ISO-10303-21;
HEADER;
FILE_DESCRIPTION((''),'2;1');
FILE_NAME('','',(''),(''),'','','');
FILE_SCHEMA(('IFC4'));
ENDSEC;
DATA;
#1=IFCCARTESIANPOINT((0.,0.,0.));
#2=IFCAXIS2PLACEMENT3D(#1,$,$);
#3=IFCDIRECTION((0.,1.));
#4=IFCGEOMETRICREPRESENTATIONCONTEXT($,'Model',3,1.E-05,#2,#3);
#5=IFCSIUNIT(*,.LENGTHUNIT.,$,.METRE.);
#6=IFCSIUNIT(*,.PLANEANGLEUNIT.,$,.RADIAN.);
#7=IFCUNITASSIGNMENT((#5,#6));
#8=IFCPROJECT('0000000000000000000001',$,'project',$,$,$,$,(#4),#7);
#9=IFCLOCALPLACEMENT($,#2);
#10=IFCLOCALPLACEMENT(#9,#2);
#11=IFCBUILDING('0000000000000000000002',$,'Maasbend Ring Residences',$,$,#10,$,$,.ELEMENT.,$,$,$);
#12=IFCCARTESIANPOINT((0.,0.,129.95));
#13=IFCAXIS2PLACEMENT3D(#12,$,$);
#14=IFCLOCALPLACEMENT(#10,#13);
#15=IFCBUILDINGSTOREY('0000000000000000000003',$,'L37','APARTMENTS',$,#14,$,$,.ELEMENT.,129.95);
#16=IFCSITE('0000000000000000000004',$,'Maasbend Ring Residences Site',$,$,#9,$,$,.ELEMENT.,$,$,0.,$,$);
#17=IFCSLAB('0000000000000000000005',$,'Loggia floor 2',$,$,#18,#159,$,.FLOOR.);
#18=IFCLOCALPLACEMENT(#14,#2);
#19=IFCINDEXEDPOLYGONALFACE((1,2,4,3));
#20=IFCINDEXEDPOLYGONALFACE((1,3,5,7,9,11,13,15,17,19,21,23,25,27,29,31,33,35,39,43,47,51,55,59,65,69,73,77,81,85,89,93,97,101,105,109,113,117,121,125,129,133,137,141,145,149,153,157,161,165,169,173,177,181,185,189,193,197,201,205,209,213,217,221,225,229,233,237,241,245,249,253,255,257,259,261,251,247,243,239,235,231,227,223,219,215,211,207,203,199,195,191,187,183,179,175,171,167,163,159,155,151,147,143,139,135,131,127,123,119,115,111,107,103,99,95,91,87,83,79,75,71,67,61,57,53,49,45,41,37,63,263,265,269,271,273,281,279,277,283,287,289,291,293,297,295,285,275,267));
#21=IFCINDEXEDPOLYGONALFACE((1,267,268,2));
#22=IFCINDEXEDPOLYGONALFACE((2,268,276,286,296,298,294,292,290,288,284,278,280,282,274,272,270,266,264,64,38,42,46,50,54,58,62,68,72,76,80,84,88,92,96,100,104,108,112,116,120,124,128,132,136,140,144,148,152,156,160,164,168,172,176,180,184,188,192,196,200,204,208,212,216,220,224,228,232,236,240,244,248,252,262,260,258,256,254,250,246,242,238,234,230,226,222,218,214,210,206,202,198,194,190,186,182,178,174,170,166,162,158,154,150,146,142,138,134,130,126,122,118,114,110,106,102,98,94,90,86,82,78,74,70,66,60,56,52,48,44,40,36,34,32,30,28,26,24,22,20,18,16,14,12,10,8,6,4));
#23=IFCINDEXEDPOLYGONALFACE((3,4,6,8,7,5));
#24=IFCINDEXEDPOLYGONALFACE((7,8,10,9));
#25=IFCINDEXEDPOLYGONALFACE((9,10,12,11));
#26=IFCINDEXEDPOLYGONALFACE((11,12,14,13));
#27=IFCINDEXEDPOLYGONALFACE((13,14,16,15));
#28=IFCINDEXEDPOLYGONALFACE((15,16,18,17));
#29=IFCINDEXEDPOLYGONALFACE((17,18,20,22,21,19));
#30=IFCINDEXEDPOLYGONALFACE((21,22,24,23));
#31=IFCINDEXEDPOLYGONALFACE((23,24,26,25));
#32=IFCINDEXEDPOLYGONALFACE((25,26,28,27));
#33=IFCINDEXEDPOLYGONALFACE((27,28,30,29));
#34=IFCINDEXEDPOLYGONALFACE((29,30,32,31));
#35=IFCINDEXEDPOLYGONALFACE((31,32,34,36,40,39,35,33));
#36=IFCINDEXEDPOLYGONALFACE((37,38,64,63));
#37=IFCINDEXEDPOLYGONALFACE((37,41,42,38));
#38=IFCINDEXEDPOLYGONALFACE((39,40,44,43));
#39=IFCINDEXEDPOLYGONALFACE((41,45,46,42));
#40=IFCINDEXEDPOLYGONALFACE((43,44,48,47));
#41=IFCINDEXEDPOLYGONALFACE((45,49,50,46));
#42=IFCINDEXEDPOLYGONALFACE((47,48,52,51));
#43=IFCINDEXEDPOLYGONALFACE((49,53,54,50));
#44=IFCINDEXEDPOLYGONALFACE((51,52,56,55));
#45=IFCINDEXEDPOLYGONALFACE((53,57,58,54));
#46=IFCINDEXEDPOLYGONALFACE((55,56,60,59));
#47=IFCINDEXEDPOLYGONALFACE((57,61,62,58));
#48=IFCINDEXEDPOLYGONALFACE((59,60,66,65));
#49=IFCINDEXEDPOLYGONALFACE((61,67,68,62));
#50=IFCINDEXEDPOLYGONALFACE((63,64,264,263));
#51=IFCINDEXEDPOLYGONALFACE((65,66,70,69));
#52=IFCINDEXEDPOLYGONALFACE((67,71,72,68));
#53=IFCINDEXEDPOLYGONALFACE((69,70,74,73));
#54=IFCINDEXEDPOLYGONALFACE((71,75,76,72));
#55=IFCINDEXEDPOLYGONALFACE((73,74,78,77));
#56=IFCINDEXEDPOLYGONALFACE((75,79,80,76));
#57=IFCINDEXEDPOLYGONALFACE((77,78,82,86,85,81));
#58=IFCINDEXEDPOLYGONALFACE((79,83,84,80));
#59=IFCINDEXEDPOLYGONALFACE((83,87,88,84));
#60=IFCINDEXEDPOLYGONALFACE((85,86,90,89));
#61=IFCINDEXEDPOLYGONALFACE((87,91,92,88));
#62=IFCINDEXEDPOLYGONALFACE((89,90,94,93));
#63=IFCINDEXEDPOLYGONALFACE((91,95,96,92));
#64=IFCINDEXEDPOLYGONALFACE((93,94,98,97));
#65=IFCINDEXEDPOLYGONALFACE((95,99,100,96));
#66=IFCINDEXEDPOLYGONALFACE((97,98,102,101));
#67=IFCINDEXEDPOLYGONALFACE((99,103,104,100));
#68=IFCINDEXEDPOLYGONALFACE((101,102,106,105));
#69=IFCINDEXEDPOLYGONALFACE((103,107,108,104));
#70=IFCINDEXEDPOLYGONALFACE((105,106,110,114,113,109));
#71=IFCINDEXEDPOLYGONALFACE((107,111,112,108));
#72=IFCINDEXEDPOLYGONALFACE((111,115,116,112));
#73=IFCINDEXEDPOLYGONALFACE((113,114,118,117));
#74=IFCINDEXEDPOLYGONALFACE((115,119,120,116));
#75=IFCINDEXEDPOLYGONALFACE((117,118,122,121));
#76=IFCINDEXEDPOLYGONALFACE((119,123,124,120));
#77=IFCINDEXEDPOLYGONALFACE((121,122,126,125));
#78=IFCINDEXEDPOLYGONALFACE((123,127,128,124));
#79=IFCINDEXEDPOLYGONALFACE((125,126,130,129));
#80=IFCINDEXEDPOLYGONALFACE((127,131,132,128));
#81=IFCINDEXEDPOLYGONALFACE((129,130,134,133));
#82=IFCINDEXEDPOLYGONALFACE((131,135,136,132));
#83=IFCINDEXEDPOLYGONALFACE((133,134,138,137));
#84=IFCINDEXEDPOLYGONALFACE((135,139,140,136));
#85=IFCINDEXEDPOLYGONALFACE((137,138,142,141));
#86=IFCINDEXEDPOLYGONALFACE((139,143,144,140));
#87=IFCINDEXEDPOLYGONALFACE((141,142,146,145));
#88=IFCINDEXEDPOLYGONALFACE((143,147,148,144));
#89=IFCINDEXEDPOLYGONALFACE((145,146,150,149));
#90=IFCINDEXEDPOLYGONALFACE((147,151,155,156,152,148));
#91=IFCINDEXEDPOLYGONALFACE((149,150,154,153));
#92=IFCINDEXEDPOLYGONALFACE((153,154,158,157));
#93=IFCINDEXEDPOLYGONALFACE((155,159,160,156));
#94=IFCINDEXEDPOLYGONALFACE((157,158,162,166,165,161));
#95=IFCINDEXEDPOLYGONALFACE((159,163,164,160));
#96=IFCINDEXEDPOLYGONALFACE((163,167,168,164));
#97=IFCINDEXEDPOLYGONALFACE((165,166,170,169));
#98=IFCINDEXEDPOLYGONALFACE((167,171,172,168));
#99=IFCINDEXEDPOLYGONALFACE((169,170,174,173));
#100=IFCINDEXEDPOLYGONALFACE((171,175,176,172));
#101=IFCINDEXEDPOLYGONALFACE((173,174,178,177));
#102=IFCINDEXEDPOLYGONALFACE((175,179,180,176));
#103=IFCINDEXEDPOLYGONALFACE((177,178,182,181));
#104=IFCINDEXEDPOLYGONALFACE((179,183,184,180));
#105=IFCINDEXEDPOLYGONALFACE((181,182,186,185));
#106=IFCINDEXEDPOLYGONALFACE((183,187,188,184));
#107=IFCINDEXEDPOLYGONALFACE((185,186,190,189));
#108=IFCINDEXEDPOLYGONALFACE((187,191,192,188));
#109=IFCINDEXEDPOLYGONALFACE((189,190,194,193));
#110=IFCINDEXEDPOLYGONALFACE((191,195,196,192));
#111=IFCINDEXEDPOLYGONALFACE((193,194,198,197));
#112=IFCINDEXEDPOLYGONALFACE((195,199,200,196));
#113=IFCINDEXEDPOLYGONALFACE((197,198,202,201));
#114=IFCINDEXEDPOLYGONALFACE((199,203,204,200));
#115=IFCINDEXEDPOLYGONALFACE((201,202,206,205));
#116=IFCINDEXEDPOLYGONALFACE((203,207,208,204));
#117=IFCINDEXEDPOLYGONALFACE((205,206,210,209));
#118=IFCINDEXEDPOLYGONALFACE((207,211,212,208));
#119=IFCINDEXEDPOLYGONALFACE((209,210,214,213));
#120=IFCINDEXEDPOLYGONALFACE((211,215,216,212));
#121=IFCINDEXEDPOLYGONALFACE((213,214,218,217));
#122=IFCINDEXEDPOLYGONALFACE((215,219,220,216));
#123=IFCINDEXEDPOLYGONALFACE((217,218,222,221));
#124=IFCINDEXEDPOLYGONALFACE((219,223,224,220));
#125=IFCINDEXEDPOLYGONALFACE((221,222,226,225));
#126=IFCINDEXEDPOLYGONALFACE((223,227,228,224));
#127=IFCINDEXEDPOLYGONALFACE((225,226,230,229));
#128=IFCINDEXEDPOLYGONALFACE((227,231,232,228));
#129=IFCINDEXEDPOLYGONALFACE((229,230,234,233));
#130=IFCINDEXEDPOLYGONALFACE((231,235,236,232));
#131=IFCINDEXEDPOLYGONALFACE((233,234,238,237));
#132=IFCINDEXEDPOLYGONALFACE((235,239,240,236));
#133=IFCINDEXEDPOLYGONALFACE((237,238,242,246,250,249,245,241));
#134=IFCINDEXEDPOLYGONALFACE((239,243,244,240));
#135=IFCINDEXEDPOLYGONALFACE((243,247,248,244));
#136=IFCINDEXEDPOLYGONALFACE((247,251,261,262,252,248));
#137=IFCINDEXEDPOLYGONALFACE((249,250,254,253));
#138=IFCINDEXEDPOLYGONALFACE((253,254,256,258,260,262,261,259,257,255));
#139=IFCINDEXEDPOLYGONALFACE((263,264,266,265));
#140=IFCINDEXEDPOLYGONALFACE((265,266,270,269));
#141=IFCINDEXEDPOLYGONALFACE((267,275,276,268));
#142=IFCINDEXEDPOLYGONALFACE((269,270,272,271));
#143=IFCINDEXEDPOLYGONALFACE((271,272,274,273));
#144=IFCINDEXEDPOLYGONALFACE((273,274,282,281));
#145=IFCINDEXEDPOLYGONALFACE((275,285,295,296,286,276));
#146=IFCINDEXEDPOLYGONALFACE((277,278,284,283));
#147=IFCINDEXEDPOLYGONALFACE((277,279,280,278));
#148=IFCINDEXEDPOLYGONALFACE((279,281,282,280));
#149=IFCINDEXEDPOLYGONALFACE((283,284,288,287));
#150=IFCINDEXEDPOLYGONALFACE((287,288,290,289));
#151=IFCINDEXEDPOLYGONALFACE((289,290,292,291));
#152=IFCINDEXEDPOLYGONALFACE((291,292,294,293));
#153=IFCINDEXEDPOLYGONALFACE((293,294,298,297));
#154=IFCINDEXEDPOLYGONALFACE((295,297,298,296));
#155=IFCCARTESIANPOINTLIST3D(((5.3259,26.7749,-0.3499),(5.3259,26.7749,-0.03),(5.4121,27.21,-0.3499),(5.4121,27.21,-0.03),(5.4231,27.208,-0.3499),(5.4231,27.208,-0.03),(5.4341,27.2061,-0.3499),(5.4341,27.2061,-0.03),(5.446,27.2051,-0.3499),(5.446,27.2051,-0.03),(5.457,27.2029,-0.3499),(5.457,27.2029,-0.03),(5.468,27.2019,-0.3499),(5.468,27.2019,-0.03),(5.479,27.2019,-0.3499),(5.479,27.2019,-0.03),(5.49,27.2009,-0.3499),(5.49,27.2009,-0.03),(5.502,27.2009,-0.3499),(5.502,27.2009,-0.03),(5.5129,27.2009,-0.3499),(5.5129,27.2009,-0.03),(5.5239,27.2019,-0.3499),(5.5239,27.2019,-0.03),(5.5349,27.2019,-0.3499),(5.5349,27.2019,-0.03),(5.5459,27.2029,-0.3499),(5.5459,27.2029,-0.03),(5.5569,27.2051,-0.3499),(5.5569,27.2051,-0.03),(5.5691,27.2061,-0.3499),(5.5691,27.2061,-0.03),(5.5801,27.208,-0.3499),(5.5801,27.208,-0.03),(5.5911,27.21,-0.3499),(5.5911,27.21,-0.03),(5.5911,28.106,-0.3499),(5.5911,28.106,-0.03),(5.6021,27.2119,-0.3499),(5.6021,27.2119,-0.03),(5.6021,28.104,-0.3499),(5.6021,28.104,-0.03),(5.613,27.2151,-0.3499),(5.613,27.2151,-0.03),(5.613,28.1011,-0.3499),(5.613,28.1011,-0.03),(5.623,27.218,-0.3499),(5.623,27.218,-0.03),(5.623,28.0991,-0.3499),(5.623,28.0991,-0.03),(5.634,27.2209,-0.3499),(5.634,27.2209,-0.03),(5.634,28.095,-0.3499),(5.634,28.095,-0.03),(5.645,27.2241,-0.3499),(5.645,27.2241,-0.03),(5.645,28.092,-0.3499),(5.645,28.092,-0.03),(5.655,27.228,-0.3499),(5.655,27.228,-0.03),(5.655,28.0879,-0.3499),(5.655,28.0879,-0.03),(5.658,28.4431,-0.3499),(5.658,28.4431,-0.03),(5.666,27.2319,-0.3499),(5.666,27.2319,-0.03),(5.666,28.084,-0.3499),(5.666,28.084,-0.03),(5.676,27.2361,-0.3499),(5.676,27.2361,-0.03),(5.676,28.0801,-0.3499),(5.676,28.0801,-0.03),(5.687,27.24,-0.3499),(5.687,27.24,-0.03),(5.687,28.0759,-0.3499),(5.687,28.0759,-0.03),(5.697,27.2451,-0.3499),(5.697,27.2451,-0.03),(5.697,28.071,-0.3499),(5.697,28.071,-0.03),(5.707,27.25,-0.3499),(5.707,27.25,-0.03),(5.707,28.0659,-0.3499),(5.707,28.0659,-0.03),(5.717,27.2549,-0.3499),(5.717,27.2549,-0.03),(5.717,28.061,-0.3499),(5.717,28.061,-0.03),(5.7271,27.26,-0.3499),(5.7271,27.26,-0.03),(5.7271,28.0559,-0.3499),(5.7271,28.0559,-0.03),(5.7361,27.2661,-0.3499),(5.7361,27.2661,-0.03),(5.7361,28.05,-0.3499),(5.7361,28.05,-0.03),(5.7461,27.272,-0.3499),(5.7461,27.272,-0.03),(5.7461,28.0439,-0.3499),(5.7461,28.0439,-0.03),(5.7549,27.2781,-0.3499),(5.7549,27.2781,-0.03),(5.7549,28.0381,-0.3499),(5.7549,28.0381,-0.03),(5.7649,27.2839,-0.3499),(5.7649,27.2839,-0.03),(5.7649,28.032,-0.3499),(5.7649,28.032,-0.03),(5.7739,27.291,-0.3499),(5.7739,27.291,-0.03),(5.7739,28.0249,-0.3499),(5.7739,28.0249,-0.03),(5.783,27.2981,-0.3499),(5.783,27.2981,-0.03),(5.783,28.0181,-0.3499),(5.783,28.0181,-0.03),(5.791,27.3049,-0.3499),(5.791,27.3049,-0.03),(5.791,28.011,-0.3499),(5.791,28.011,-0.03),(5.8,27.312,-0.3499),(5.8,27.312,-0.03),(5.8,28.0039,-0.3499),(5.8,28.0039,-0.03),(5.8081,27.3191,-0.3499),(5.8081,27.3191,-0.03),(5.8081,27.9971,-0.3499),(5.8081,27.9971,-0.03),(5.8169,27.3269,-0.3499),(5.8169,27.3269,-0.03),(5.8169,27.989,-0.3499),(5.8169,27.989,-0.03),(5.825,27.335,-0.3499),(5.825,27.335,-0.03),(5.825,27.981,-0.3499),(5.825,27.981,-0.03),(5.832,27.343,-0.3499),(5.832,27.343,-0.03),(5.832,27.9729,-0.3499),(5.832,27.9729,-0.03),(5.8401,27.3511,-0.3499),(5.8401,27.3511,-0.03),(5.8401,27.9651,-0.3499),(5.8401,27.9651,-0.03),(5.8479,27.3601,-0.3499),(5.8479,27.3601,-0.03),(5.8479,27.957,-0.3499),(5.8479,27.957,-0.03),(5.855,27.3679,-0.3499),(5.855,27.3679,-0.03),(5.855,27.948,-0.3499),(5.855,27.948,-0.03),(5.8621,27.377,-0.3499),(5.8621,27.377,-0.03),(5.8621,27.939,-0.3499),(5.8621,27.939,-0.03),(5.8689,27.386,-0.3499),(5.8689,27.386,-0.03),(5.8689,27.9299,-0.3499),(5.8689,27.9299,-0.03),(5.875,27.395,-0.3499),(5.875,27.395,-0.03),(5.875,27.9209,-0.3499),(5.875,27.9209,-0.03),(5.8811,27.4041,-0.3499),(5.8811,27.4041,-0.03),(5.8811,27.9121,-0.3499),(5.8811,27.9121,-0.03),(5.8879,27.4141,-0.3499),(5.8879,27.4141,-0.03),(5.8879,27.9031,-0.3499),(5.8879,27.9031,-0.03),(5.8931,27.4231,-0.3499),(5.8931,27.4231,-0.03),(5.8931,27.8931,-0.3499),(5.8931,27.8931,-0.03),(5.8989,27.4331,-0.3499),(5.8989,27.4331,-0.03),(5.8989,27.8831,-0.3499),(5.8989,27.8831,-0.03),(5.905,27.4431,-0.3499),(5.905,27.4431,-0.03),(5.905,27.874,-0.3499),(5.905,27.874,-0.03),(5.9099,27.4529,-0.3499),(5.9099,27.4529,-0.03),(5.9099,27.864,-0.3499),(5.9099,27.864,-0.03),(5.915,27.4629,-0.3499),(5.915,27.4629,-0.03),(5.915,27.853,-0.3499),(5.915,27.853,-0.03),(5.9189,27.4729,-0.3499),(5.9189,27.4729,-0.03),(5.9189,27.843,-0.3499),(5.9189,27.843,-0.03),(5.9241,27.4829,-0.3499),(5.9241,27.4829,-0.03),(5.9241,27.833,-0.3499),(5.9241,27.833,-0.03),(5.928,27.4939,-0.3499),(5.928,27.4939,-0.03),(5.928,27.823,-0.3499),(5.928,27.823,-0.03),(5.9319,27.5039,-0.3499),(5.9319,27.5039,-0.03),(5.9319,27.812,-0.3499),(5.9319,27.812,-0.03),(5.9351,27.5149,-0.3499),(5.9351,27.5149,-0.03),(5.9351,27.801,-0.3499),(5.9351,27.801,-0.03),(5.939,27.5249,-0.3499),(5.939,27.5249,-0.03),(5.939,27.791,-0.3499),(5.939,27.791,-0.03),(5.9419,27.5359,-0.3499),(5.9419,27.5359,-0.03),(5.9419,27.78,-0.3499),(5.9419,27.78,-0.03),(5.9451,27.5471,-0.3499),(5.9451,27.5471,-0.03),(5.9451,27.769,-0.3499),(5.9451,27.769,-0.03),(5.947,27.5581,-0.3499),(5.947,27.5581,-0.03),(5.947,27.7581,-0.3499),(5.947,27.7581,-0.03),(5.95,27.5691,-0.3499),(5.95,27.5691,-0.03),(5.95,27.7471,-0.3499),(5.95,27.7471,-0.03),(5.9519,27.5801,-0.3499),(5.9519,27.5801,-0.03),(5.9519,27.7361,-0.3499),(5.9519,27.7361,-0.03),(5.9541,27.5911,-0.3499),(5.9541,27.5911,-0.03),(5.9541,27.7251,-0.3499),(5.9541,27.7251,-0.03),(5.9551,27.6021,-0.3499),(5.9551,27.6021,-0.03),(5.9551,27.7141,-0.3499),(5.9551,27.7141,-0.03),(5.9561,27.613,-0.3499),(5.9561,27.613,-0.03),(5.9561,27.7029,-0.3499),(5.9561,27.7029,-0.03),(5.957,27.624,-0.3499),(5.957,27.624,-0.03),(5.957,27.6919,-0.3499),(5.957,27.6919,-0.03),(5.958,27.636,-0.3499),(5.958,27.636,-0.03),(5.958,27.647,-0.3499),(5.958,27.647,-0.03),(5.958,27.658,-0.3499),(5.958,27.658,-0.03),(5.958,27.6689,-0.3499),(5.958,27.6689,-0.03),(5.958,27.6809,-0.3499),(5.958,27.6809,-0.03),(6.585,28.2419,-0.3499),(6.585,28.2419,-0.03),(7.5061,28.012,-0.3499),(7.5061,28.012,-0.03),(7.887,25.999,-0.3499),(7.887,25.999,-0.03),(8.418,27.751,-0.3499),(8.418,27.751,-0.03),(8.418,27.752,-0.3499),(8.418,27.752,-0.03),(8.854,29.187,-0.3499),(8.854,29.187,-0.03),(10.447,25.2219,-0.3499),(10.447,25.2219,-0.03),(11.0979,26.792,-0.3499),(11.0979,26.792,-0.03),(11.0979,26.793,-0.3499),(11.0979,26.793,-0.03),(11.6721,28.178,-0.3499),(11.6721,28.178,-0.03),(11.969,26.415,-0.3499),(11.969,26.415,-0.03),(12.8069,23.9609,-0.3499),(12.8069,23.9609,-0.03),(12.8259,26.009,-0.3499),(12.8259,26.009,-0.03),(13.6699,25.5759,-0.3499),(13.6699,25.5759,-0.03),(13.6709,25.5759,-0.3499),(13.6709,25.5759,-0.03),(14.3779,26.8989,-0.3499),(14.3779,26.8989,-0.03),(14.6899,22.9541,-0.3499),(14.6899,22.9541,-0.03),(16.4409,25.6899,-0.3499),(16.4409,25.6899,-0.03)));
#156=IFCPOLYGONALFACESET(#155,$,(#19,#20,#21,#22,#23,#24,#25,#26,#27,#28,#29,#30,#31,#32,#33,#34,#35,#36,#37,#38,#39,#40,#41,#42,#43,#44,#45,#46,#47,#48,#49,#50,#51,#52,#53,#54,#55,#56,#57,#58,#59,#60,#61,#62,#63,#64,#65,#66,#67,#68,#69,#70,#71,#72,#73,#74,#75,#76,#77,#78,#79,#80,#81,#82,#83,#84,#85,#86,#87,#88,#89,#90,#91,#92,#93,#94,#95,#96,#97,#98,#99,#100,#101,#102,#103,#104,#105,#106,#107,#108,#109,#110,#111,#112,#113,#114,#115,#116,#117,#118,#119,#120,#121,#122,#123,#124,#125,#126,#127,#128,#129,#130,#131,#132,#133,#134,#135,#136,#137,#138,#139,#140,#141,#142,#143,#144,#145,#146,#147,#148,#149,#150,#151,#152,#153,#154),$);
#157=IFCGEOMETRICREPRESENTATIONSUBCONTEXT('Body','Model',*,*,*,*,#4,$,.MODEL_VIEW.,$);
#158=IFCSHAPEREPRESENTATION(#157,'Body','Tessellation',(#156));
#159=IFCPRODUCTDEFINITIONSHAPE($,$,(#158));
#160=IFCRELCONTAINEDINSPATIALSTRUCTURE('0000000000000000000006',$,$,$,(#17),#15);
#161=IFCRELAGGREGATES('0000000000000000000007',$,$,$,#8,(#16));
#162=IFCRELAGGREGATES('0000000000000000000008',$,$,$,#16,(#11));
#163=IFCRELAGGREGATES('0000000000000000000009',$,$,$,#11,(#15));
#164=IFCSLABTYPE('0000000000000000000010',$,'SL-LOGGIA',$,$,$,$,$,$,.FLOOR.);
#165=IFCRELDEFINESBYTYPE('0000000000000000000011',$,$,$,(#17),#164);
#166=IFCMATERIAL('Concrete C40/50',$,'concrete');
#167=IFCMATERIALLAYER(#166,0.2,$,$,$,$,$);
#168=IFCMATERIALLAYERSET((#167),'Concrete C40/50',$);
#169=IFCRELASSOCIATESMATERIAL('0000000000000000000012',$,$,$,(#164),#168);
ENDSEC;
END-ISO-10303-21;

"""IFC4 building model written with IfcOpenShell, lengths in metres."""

from ifc_helpers import new_model, si_unit, direction, frame, origin, place, context, subcontext, project, spatial, polyline, outline, extrude, material, layer, layer_set, type_object, element, save


model = new_model("IFC4")

# Units and contexts
model_context = context("Model", 3, precision=1e-05, world=origin(), true_north=direction((0.0, 1.0)))
body_context = subcontext(model_context, "Body", "Model", "MODEL_VIEW")
ifc_project = project(units=[si_unit("LENGTHUNIT", "METRE"), si_unit("PLANEANGLEUNIT", "RADIAN")], contexts=[model_context])

# Site, building, storey
site_placement = place(None, origin())
site = spatial("IfcSite", under=ifc_project, at=site_placement, Name="Maasbend Ring Residences Site", CompositionType="ELEMENT", RefElevation=0.0)
building_placement = place(site_placement, origin())
building = spatial("IfcBuilding", under=site, at=building_placement, Name="Maasbend Ring Residences", CompositionType="ELEMENT")
storey_placement = place(building_placement, frame((0.0, 0.0, 129.95)))
storey = spatial("IfcBuildingStorey", under=building, at=storey_placement, Name="L37", Description="APARTMENTS", CompositionType="ELEMENT", Elevation=129.95)

# Slab
ifc_material_1 = material(Name="Concrete C40/50", Category="concrete")
ifc_layer_1 = layer(ifc_material_1, 0.2)
ifc_layer_set_1 = layer_set([ifc_layer_1], Name="Concrete C40/50")
slab_type_1 = type_object("IfcSlabType", Name="SL-LOGGIA", PredefinedType="FLOOR", material=ifc_layer_set_1)
slab_1_placement = place(storey_placement, frame((0.0, 0.0, -0.3499)))
element("IfcSlab", 1, at=slab_1_placement, inside=storey, type_object=slab_type_1, Name="Loggia floor 2", PredefinedType="FLOOR", context=body_context, shape_type="SweptSolid", body=[
    extrude(outline(polyline([(5.446, 27.2051), (5.457, 27.2029), (5.468, 27.2019), (5.479, 27.2019), (5.49, 27.2009), (5.502, 27.2009), (5.5129, 27.2009), (5.5239, 27.2019), (5.5349, 27.2019), (5.5459, 27.2029), (5.5569, 27.2051), (5.5691, 27.2061), (5.5801, 27.208), (5.5911, 27.21), (5.6021, 27.2119), (5.613, 27.2151), (5.623, 27.218), (5.634, 27.2209), (5.645, 27.2241), (5.655, 27.228), (5.666, 27.2319), (5.676, 27.2361), (5.687, 27.24), (5.697, 27.2451), (5.707, 27.25), (5.717, 27.2549), (5.7271, 27.26), (5.7361, 27.2661), (5.7461, 27.272), (5.7549, 27.2781), (5.7649, 27.2839), (5.7739, 27.291), (5.783, 27.2981), (5.791, 27.3049), (5.8, 27.312), (5.8081, 27.3191), (5.8169, 27.3269), (5.825, 27.335), (5.832, 27.343), (5.8401, 27.3511), (5.8479, 27.3601), (5.855, 27.3679), (5.8621, 27.377), (5.8689, 27.386), (5.875, 27.395), (5.8811, 27.4041), (5.8879, 27.4141), (5.8931, 27.4231), (5.8989, 27.4331), (5.905, 27.4431), (5.9099, 27.4529), (5.915, 27.4629), (5.9189, 27.4729), (5.9241, 27.4829), (5.928, 27.4939), (5.9319, 27.5039), (5.9351, 27.5149), (5.939, 27.5249), (5.9419, 27.5359), (5.9451, 27.5471), (5.947, 27.5581), (5.95, 27.5691), (5.9519, 27.5801), (5.9541, 27.5911), (5.9551, 27.6021), (5.9561, 27.613), (5.957, 27.624), (5.958, 27.636), (5.958, 27.647), (5.958, 27.658), (5.958, 27.6689), (5.958, 27.6809), (5.957, 27.6919), (5.9561, 27.7029), (5.9551, 27.7141), (5.9541, 27.7251), (5.9519, 27.7361), (5.95, 27.7471), (5.947, 27.7581), (5.9451, 27.769), (5.9419, 27.78), (5.939, 27.791), (5.9351, 27.801), (5.9319, 27.812), (5.928, 27.823), (5.9241, 27.833), (5.9189, 27.843), (5.915, 27.853), (5.9099, 27.864), (5.905, 27.874), (5.8989, 27.8831), (5.8931, 27.8931), (5.8879, 27.9031), (5.8811, 27.9121), (5.875, 27.9209), (5.8689, 27.9299), (5.8621, 27.939), (5.855, 27.948), (5.8479, 27.957), (5.8401, 27.9651), (5.832, 27.9729), (5.825, 27.981), (5.8169, 27.989), (5.8081, 27.9971), (5.8, 28.0039), (5.791, 28.011), (5.783, 28.0181), (5.7739, 28.0249), (5.7649, 28.032), (5.7549, 28.0381), (5.7461, 28.0439), (5.7361, 28.05), (5.7271, 28.0559), (5.717, 28.061), (5.707, 28.0659), (5.697, 28.071), (5.687, 28.0759), (5.676, 28.0801), (5.666, 28.084), (5.655, 28.0879), (5.645, 28.092), (5.634, 28.095), (5.623, 28.0991), (5.613, 28.1011), (5.6021, 28.104), (5.5911, 28.106), (5.658, 28.4431), (5.658, 28.4431), (5.658, 28.4431), (6.585, 28.2419), (6.585, 28.2419), (7.5061, 28.012), (7.5061, 28.012), (8.418, 27.751), (8.418, 27.751), (8.418, 27.751), (8.418, 27.751), (8.418, 27.751), (8.418, 27.751), (8.418, 27.751), (8.418, 27.751), (8.418, 27.751), (8.418, 27.751), (8.418, 27.752), (8.418, 27.752), (8.418, 27.752), (8.418, 27.752), (8.418, 27.752), (8.418, 27.752), (8.418, 27.752), (8.854, 29.187), (8.854, 29.187), (8.854, 29.187), (11.6721, 28.178), (11.6721, 28.178), (11.6721, 28.178), (11.0979, 26.793), (11.0979, 26.793), (11.0979, 26.793), (11.0979, 26.793), (11.0979, 26.793), (11.0979, 26.793), (11.0979, 26.793), (11.0979, 26.793), (11.0979, 26.793), (11.0979, 26.793), (11.0979, 26.792), (11.0979, 26.792), (11.0979, 26.792), (11.0979, 26.792), (11.0979, 26.792), (11.0979, 26.792), (11.0979, 26.792), (11.969, 26.415), (11.969, 26.415), (12.8259, 26.009), (12.8259, 26.009), (13.6699, 25.5759), (13.6699, 25.5759), (13.6699, 25.5759), (13.6699, 25.5759), (13.6699, 25.5759), (13.6699, 25.5759), (13.6699, 25.5759), (13.6699, 25.5759), (13.6699, 25.5759), (13.6699, 25.5759), (13.6709, 25.5759), (13.6709, 25.5759), (13.6709, 25.5759), (13.6709, 25.5759), (13.6709, 25.5759), (13.6709, 25.5759), (13.6709, 25.5759), (14.3779, 26.8989), (14.3779, 26.8989), (14.3779, 26.8989), (16.4409, 25.6899), (16.4409, 25.6899), (16.4409, 25.6899), (14.6899, 22.9541), (14.6899, 22.9541), (14.6899, 22.9541), (12.8069, 23.9609), (10.447, 25.2219), (10.447, 25.2219), (10.447, 25.2219), (7.887, 25.999), (5.3259, 26.7749), (5.3259, 26.7749), (5.3259, 26.7749), (5.4121, 27.21), (5.4231, 27.208), (5.4341, 27.2061), (5.446, 27.2051)])), origin(), (0.0, 0.0, 1.0), 0.3198),
])

save(model, "model.ifc")
